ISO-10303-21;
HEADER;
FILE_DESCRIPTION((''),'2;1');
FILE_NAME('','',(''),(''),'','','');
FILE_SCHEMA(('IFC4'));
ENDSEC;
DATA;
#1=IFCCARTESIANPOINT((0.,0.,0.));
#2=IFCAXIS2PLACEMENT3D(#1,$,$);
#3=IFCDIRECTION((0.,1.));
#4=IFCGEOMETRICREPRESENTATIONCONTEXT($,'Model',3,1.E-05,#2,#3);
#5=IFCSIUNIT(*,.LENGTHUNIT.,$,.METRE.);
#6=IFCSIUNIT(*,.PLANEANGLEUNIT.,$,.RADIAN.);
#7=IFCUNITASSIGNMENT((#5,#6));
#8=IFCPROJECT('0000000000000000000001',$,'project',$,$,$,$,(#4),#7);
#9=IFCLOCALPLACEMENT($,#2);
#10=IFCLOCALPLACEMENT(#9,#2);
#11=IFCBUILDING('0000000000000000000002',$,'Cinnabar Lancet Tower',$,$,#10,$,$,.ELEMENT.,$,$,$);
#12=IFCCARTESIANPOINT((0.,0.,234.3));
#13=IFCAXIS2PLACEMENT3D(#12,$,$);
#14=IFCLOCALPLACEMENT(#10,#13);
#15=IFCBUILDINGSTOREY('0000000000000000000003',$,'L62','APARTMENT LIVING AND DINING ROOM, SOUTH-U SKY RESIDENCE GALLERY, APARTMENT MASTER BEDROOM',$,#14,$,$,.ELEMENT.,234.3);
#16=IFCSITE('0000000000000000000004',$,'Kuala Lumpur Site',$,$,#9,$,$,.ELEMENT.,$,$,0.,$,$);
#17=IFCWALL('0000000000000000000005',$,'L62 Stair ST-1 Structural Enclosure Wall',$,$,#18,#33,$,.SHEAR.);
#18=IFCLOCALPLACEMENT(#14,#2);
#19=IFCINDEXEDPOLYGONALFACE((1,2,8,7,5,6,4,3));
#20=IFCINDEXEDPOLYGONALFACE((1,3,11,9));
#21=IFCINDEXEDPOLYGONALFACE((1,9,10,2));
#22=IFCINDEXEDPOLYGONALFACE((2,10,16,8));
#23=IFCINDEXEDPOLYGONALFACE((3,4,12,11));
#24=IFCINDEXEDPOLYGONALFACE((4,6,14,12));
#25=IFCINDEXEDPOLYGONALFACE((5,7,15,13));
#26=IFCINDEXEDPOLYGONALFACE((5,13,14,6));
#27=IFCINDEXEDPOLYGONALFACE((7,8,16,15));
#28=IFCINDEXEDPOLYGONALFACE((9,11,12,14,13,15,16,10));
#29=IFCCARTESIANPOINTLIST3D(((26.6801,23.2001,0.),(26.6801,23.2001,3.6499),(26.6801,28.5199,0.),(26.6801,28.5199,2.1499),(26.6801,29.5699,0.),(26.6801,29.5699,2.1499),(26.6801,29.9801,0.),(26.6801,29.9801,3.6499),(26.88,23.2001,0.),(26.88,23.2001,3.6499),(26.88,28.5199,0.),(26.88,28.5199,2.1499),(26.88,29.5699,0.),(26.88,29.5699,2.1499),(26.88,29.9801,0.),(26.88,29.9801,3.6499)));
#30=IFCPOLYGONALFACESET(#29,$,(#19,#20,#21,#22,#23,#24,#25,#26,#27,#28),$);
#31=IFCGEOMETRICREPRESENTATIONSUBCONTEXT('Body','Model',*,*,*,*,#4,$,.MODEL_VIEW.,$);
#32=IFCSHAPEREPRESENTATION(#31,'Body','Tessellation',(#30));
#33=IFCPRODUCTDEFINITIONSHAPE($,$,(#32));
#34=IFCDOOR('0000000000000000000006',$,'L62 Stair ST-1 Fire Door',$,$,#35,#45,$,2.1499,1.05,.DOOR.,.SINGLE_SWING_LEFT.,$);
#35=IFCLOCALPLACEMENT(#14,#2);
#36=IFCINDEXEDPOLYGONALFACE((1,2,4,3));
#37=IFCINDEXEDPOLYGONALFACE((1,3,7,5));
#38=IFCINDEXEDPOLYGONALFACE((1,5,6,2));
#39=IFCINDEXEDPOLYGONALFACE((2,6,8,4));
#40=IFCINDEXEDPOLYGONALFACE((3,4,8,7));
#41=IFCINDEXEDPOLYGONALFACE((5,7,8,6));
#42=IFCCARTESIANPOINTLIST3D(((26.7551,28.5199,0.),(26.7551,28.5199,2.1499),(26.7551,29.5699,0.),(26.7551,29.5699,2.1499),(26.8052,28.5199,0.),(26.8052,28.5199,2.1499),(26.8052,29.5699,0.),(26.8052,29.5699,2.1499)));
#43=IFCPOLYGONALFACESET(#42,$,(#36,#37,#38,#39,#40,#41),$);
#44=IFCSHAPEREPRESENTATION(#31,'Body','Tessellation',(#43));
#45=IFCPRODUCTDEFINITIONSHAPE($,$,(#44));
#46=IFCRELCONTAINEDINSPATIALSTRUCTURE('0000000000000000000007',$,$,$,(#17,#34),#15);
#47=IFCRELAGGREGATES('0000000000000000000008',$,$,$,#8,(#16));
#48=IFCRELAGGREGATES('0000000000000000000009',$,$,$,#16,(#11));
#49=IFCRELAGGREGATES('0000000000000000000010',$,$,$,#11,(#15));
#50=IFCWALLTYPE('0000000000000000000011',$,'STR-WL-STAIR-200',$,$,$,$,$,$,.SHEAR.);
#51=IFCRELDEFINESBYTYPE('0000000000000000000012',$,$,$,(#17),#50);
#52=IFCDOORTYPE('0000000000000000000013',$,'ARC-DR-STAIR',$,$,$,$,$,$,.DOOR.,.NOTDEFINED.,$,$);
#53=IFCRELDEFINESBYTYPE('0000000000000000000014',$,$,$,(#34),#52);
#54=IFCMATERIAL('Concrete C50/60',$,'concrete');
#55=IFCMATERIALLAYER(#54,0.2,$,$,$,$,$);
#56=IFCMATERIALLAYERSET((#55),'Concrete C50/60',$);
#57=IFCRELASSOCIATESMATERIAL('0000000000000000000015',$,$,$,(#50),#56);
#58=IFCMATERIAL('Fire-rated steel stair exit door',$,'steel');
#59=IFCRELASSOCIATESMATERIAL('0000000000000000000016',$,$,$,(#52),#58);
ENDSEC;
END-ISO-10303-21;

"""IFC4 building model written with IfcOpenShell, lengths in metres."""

from ifc_helpers import new_model, si_unit, direction, frame, frame_2d, origin, place, context, subcontext, project, spatial, rectangle, extrude, material, layer, layer_set, type_object, element, fill, save


model = new_model("IFC4")

# Units and contexts
model_context = context("Model", 3, precision=1e-05, world=origin(), true_north=direction((0.0, 1.0)))
body_context = subcontext(model_context, "Body", "Model", "MODEL_VIEW")
ifc_project = project(units=[si_unit("LENGTHUNIT", "METRE"), si_unit("PLANEANGLEUNIT", "RADIAN")], contexts=[model_context])

# Site, building, storey
site_placement = place(None, origin())
site = spatial("IfcSite", under=ifc_project, at=site_placement, Name="Kuala Lumpur Site", CompositionType="ELEMENT", RefElevation=0.0)
building_placement = place(site_placement, origin())
building = spatial("IfcBuilding", under=site, at=building_placement, Name="Cinnabar Lancet Tower", CompositionType="ELEMENT")
storey_placement = place(building_placement, frame((0.0, 0.0, 234.3)))
storey = spatial("IfcBuildingStorey", under=building, at=storey_placement, Name="L62", Description="APARTMENT LIVING AND DINING ROOM, SOUTH-U SKY RESIDENCE GALLERY, APARTMENT MASTER BEDROOM", CompositionType="ELEMENT", Elevation=234.3)

# Wall, opening, door
ifc_material_1 = material(Name="Concrete C50/60", Category="concrete")
ifc_layer_1 = layer(ifc_material_1, 0.2)
ifc_layer_set_1 = layer_set([ifc_layer_1], Name="Concrete C50/60")
wall_type_1 = type_object("IfcWallType", Name="STR-WL-STAIR-200", PredefinedType="SHEAR", material=ifc_layer_set_1)
wall_1_placement = place(storey_placement, frame((26.78, 23.2, 0.0), z_axis=(0.0, 0.0, 1.0), x_axis=(0.0, 1.0, 0.0)))
wall_1 = element("IfcWall", 1, at=wall_1_placement, inside=storey, type_object=wall_type_1, Name="L62 Stair ST-1 Structural Enclosure Wall", PredefinedType="SHEAR", context=body_context, shape_type="SweptSolid", body=[
    extrude(rectangle(XDim=6.78, YDim=0.2, at=frame_2d((3.3901, 0.0))), origin(), (0.0, 0.0, 1.0), 3.6499),
])
opening_1_placement = place(wall_1_placement, frame((5.3201, 0.0, 0.0)))
opening_1 = element("IfcOpeningElement", 2, at=opening_1_placement, cuts=wall_1, PredefinedType="OPENING", context=body_context, shape_type="SweptSolid", body=[
    extrude(rectangle(XDim=1.05, YDim=2.1499, at=frame_2d((0.5249, 1.075))), frame((0.0, 0.1099, 0.0), z_axis=(0.0, -1.0, 0.0), x_axis=(1.0, 0.0, 0.0)), (0.0, 0.0, 1.0), 0.22),
])
ifc_material_2 = material(Name="Fire-rated steel stair exit door", Category="steel")
door_type_1 = type_object("IfcDoorType", Name="ARC-DR-STAIR", OperationType="NOTDEFINED", PredefinedType="DOOR", material=ifc_material_2)
door_1_placement = place(opening_1_placement, origin())
door_1 = element("IfcDoor", 3, at=door_1_placement, inside=storey, type_object=door_type_1, Name="L62 Stair ST-1 Fire Door", OperationType="SINGLE_SWING_LEFT", OverallHeight=2.1499, OverallWidth=1.05, PredefinedType="DOOR", context=body_context, shape_type="SweptSolid", body=[
    extrude(rectangle(XDim=1.05, YDim=2.1499, at=frame_2d((0.5249, 1.075))), frame((0.0, 0.0249, 0.0), z_axis=(0.0, -1.0, 0.0), x_axis=(1.0, 0.0, 0.0)), (0.0, 0.0, 1.0), 0.05),
])
fill(opening_1, door_1)

save(model, "model.ifc")
